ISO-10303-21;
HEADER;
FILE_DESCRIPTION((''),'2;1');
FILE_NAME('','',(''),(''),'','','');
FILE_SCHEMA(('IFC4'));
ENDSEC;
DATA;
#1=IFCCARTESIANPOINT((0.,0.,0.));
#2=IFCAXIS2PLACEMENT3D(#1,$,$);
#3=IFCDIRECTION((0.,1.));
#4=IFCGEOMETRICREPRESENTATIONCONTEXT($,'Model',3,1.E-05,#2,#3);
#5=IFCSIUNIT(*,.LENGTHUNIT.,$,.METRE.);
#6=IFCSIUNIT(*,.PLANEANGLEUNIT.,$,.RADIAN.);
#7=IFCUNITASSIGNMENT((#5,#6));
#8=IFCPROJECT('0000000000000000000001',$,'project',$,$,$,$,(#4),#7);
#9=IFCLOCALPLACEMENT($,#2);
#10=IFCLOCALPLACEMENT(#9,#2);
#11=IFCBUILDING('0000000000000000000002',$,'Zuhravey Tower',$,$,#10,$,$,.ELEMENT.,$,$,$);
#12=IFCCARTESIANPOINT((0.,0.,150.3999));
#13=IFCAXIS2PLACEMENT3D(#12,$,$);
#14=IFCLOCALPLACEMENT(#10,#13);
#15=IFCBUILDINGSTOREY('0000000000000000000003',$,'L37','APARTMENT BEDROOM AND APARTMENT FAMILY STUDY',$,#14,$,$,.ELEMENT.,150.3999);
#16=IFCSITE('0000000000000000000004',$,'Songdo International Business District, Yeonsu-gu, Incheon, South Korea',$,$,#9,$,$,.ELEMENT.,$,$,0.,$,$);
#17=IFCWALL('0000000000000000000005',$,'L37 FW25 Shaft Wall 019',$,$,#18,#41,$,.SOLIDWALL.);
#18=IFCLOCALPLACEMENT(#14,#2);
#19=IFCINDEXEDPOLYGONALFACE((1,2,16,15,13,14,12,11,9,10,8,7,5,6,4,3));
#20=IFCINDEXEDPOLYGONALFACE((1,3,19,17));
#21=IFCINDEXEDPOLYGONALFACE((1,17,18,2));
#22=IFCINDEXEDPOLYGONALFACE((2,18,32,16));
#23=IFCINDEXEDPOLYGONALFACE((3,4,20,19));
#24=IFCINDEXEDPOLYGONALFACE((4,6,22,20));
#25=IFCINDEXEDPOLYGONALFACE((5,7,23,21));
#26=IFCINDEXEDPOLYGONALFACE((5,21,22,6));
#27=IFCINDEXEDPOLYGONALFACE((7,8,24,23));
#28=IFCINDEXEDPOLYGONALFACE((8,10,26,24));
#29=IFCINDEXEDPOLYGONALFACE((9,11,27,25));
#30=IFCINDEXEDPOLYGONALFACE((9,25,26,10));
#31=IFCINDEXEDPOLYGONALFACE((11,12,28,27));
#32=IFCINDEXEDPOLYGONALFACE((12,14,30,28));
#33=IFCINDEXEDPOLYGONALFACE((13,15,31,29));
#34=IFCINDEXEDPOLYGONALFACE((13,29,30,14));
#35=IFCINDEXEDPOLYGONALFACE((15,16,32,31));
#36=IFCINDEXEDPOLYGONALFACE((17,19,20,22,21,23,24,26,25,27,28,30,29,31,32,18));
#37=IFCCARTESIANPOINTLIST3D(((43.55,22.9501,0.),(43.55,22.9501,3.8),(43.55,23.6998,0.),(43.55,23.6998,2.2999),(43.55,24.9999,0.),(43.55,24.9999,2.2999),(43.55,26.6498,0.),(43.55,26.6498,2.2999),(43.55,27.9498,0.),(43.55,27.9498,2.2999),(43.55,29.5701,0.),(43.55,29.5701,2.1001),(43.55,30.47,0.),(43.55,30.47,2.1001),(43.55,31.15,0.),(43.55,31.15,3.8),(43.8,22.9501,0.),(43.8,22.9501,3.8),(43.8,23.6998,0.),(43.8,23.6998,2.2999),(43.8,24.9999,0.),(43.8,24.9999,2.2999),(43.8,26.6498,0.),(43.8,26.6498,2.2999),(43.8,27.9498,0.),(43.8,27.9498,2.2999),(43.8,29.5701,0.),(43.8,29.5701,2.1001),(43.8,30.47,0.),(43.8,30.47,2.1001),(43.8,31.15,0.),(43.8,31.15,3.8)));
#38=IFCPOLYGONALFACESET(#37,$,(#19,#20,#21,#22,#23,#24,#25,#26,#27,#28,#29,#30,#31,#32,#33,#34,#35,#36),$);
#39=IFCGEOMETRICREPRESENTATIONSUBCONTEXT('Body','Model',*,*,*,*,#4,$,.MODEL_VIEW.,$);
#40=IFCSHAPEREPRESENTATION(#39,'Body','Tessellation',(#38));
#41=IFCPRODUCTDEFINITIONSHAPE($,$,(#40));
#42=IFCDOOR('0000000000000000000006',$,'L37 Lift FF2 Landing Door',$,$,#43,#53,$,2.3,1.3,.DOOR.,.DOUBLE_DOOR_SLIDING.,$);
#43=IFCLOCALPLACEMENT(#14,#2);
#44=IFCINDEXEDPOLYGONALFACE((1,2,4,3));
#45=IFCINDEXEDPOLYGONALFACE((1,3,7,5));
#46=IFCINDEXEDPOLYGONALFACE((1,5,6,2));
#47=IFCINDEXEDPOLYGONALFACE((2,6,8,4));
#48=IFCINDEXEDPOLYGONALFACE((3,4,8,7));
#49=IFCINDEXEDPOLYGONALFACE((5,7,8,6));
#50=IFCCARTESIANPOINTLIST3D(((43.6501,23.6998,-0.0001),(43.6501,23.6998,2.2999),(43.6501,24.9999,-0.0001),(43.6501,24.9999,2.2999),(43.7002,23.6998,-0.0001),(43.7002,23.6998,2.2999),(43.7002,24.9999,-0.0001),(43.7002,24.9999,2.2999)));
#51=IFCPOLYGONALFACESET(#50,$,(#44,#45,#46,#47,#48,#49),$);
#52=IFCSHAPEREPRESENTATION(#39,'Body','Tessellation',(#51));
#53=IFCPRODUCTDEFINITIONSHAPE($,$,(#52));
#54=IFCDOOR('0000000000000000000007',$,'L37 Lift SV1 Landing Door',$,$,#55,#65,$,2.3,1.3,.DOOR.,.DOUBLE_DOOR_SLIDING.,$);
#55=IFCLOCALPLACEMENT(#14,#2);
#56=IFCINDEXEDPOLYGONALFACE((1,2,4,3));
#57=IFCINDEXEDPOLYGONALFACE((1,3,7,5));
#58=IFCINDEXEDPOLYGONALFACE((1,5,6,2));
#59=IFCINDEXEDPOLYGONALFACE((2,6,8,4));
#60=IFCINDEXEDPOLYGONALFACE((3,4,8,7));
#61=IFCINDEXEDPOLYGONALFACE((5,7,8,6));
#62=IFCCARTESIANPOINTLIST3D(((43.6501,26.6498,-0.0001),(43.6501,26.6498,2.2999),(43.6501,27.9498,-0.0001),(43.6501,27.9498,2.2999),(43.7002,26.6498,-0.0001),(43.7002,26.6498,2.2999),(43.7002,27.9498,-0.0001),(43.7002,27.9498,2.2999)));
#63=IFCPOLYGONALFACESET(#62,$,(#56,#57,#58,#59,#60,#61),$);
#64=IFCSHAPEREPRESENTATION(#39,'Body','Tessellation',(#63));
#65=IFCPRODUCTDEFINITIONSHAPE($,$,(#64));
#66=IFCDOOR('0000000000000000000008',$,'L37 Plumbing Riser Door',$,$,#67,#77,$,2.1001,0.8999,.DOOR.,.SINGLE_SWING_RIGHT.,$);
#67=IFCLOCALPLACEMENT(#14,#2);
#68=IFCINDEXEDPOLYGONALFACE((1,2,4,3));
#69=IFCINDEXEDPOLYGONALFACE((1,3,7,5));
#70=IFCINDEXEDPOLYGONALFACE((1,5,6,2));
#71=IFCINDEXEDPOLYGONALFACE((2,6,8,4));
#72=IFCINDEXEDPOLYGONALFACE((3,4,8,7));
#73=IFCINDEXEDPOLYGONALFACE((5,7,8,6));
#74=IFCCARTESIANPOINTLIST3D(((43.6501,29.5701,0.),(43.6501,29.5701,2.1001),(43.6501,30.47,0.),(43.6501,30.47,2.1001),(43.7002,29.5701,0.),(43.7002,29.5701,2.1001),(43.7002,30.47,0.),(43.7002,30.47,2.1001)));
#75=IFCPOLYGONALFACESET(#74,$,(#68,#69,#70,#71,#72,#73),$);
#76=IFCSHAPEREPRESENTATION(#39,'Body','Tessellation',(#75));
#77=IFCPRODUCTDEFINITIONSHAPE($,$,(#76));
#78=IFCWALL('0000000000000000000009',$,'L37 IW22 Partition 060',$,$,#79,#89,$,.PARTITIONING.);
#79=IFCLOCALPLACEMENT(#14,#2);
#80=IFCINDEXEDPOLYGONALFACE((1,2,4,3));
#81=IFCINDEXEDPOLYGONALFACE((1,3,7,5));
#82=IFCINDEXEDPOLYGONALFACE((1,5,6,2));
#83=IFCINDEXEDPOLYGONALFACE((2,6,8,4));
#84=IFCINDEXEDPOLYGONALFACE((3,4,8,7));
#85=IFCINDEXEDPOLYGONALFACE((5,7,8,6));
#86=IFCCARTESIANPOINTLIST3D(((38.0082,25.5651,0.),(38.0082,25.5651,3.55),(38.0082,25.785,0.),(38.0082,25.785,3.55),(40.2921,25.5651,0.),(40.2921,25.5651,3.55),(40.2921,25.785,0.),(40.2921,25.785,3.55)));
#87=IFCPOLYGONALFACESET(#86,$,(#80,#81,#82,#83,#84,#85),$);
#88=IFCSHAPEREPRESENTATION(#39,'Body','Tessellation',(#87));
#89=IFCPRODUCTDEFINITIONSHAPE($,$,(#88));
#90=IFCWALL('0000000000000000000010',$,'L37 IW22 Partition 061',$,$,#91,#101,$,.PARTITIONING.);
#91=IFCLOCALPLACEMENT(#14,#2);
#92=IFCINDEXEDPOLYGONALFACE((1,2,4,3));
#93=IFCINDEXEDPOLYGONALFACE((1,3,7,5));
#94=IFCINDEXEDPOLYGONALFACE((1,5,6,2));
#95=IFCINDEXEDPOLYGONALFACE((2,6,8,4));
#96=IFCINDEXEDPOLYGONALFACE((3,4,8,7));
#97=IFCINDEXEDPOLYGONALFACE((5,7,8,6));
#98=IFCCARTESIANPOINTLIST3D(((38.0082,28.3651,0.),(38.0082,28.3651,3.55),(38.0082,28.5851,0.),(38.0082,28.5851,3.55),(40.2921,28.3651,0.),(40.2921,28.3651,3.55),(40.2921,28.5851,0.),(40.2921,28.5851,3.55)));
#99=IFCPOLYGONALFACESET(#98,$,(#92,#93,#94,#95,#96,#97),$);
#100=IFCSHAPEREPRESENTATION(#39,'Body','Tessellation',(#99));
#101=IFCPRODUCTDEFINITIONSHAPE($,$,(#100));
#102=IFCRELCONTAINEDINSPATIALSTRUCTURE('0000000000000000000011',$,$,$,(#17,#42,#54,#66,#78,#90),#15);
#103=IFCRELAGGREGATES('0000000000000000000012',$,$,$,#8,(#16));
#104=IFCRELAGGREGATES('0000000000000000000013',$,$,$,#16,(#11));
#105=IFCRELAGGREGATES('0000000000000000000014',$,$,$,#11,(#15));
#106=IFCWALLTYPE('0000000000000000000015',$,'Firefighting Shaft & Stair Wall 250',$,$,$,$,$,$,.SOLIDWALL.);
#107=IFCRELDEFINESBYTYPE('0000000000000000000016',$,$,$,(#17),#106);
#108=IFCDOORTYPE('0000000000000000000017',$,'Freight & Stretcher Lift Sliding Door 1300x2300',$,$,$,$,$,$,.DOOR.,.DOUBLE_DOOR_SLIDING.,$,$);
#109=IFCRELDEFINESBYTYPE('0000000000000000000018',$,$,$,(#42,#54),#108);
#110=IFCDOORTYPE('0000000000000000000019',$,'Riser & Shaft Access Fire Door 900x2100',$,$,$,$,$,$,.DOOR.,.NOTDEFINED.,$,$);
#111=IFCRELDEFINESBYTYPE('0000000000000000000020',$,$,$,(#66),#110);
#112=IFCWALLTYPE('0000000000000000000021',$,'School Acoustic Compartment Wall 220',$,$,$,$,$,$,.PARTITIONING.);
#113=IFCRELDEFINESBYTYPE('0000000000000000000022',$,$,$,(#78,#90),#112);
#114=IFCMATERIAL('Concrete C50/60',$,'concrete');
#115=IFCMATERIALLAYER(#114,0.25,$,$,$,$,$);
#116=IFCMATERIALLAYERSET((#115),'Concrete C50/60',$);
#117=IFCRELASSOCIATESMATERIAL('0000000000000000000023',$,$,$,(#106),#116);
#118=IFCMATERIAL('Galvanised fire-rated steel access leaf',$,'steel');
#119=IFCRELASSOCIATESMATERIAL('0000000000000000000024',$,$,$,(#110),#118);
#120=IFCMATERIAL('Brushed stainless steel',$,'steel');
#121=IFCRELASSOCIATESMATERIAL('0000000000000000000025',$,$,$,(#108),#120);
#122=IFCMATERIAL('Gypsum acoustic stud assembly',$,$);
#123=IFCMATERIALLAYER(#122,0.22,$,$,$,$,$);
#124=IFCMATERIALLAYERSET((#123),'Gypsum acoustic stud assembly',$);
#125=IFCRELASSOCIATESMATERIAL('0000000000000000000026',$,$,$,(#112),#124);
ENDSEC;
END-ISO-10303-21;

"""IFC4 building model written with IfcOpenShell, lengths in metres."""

from ifc_helpers import new_model, si_unit, direction, frame, frame_2d, origin, place, context, subcontext, project, spatial, rectangle, extrude, material, layer, layer_set, type_object, element, fill, save


model = new_model("IFC4")

# Units and contexts
model_context = context("Model", 3, precision=1e-05, world=origin(), true_north=direction((0.0, 1.0)))
body_context = subcontext(model_context, "Body", "Model", "MODEL_VIEW")
ifc_project = project(units=[si_unit("LENGTHUNIT", "METRE"), si_unit("PLANEANGLEUNIT", "RADIAN")], contexts=[model_context])

# Site, building, storey
site_placement = place(None, origin())
site = spatial("IfcSite", under=ifc_project, at=site_placement, Name="Songdo International Business District, Yeonsu-gu, Incheon, South Korea", CompositionType="ELEMENT", RefElevation=0.0)
building_placement = place(site_placement, origin())
building = spatial("IfcBuilding", under=site, at=building_placement, Name="Zuhravey Tower", CompositionType="ELEMENT")
storey_placement = place(building_placement, frame((0.0, 0.0, 150.3999)))
storey = spatial("IfcBuildingStorey", under=building, at=storey_placement, Name="L37", Description="APARTMENT BEDROOM AND APARTMENT FAMILY STUDY", CompositionType="ELEMENT", Elevation=150.3999)

# Shared definitions
ifc_material_1 = material(Name="Concrete C50/60", Category="concrete")
ifc_layer_1 = layer(ifc_material_1, 0.25)
ifc_layer_set_1 = layer_set([ifc_layer_1], Name="Concrete C50/60")
wall_type_1 = type_object("IfcWallType", Name="Firefighting Shaft & Stair Wall 250", PredefinedType="SOLIDWALL", material=ifc_layer_set_1)

# Shared definitions
ifc_material_2 = material(Name="Galvanised fire-rated steel access leaf", Category="steel")
door_type_1 = type_object("IfcDoorType", Name="Riser & Shaft Access Fire Door 900x2100", OperationType="NOTDEFINED", PredefinedType="DOOR", material=ifc_material_2)

# Shared definitions
ifc_material_3 = material(Name="Brushed stainless steel", Category="steel")

# Wall, openings, doors
wall_1_placement = place(storey_placement, frame((43.675, 22.95, 0.0), z_axis=(0.0, 0.0, 1.0), x_axis=(0.0, 1.0, 0.0)))
wall_1 = element("IfcWall", 1, at=wall_1_placement, inside=storey, type_object=wall_type_1, Name="L37 FW25 Shaft Wall 019", PredefinedType="SOLIDWALL", context=body_context, shape_type="SweptSolid", body=[
    extrude(rectangle(XDim=8.2, YDim=0.25, at=frame_2d((4.1001, 0.0))), origin(), (0.0, 0.0, 1.0), 3.8),
])
opening_1_placement = place(wall_1_placement, frame((0.75, 0.0, 0.0)))
opening_1 = element("IfcOpeningElement", 2, at=opening_1_placement, cuts=wall_1, PredefinedType="OPENING", context=body_context, shape_type="SweptSolid", body=[
    extrude(rectangle(XDim=1.3, YDim=2.3, at=frame_2d((0.6499, 1.1499))), frame((0.0, 0.137, 0.0), z_axis=(0.0, -1.0, 0.0), x_axis=(1.0, 0.0, 0.0)), (0.0, 0.0, 1.0), 0.2739),
])
opening_2_placement = place(wall_1_placement, frame((3.7, 0.0, 0.0)))
opening_2 = element("IfcOpeningElement", 3, at=opening_2_placement, cuts=wall_1, PredefinedType="OPENING", context=body_context, shape_type="SweptSolid", body=[
    extrude(rectangle(XDim=1.3, YDim=2.3, at=frame_2d((0.6499, 1.1499))), frame((0.0, 0.137, 0.0), z_axis=(0.0, -1.0, 0.0), x_axis=(1.0, 0.0, 0.0)), (0.0, 0.0, 1.0), 0.2739),
])
opening_3_placement = place(wall_1_placement, frame((6.6201, 0.0, 0.0)))
opening_3 = element("IfcOpeningElement", 4, at=opening_3_placement, cuts=wall_1, PredefinedType="OPENING", context=body_context, shape_type="SweptSolid", body=[
    extrude(rectangle(XDim=0.8999, YDim=2.1001, at=frame_2d((0.45, 1.05))), frame((0.0, 0.137, 0.0), z_axis=(0.0, -1.0, 0.0), x_axis=(1.0, 0.0, 0.0)), (0.0, 0.0, 1.0), 0.2739),
])
door_type_2 = type_object("IfcDoorType", Name="Freight & Stretcher Lift Sliding Door 1300x2300", OperationType="DOUBLE_DOOR_SLIDING", PredefinedType="DOOR", material=ifc_material_3)
door_1_placement = place(opening_1_placement, origin())
door_1 = element("IfcDoor", 5, at=door_1_placement, inside=storey, type_object=door_type_2, Name="L37 Lift FF2 Landing Door", OperationType="DOUBLE_DOOR_SLIDING", OverallHeight=2.3, OverallWidth=1.3, PredefinedType="DOOR", context=body_context, shape_type="SweptSolid", body=[
    extrude(rectangle(XDim=1.3, YDim=2.3, at=frame_2d((0.6499, 1.1499))), frame((0.0, 0.0249, 0.0), z_axis=(0.0, -1.0, 0.0), x_axis=(1.0, 0.0, 0.0)), (0.0, 0.0, 1.0), 0.05),
])
fill(opening_1, door_1)
door_2_placement = place(opening_2_placement, origin())
door_2 = element("IfcDoor", 6, at=door_2_placement, inside=storey, type_object=door_type_2, Name="L37 Lift SV1 Landing Door", OperationType="DOUBLE_DOOR_SLIDING", OverallHeight=2.3, OverallWidth=1.3, PredefinedType="DOOR", context=body_context, shape_type="SweptSolid", body=[
    extrude(rectangle(XDim=1.3, YDim=2.3, at=frame_2d((0.6499, 1.1499))), frame((0.0, 0.0249, 0.0), z_axis=(0.0, -1.0, 0.0), x_axis=(1.0, 0.0, 0.0)), (0.0, 0.0, 1.0), 0.05),
])
fill(opening_2, door_2)
door_3_placement = place(opening_3_placement, origin())
door_3 = element("IfcDoor", 7, at=door_3_placement, inside=storey, type_object=door_type_1, Name="L37 Plumbing Riser Door", OperationType="SINGLE_SWING_RIGHT", OverallHeight=2.1001, OverallWidth=0.8999, PredefinedType="DOOR", context=body_context, shape_type="SweptSolid", body=[
    extrude(rectangle(XDim=0.8999, YDim=2.1001, at=frame_2d((0.45, 1.05))), frame((0.0, 0.0249, 0.0), z_axis=(0.0, -1.0, 0.0), x_axis=(1.0, 0.0, 0.0)), (0.0, 0.0, 1.0), 0.05),
])
fill(opening_3, door_3)

# Walls
ifc_material_4 = material(Name="Gypsum acoustic stud assembly")
ifc_layer_2 = layer(ifc_material_4, 0.22)
ifc_layer_set_2 = layer_set([ifc_layer_2], Name="Gypsum acoustic stud assembly")
wall_type_2 = type_object("IfcWallType", Name="School Acoustic Compartment Wall 220", PredefinedType="PARTITIONING", material=ifc_layer_set_2)
for number, where, z_axis, x_axis, name in (
    (8, (38.0081, 25.675, 0.0), (0.0, 0.0, 1.0), (1.0, 0.0, 0.0), "L37 IW22 Partition 060"),
    (9, (38.0081, 28.4751, 0.0), (0.0, 0.0, 1.0), (1.0, 0.0, 0.0), "L37 IW22 Partition 061"),
):
    element("IfcWall", number, at=place(storey_placement, frame(where, z_axis=z_axis, x_axis=x_axis)), inside=storey, type_object=wall_type_2, Name=name, PredefinedType="PARTITIONING", context=body_context, shape_type="SweptSolid", body=[
        extrude(rectangle(XDim=2.2839, YDim=0.22, at=frame_2d((1.1421, 0.0))), origin(), (0.0, 0.0, 1.0), 3.55),
    ])

save(model, "model.ifc")
